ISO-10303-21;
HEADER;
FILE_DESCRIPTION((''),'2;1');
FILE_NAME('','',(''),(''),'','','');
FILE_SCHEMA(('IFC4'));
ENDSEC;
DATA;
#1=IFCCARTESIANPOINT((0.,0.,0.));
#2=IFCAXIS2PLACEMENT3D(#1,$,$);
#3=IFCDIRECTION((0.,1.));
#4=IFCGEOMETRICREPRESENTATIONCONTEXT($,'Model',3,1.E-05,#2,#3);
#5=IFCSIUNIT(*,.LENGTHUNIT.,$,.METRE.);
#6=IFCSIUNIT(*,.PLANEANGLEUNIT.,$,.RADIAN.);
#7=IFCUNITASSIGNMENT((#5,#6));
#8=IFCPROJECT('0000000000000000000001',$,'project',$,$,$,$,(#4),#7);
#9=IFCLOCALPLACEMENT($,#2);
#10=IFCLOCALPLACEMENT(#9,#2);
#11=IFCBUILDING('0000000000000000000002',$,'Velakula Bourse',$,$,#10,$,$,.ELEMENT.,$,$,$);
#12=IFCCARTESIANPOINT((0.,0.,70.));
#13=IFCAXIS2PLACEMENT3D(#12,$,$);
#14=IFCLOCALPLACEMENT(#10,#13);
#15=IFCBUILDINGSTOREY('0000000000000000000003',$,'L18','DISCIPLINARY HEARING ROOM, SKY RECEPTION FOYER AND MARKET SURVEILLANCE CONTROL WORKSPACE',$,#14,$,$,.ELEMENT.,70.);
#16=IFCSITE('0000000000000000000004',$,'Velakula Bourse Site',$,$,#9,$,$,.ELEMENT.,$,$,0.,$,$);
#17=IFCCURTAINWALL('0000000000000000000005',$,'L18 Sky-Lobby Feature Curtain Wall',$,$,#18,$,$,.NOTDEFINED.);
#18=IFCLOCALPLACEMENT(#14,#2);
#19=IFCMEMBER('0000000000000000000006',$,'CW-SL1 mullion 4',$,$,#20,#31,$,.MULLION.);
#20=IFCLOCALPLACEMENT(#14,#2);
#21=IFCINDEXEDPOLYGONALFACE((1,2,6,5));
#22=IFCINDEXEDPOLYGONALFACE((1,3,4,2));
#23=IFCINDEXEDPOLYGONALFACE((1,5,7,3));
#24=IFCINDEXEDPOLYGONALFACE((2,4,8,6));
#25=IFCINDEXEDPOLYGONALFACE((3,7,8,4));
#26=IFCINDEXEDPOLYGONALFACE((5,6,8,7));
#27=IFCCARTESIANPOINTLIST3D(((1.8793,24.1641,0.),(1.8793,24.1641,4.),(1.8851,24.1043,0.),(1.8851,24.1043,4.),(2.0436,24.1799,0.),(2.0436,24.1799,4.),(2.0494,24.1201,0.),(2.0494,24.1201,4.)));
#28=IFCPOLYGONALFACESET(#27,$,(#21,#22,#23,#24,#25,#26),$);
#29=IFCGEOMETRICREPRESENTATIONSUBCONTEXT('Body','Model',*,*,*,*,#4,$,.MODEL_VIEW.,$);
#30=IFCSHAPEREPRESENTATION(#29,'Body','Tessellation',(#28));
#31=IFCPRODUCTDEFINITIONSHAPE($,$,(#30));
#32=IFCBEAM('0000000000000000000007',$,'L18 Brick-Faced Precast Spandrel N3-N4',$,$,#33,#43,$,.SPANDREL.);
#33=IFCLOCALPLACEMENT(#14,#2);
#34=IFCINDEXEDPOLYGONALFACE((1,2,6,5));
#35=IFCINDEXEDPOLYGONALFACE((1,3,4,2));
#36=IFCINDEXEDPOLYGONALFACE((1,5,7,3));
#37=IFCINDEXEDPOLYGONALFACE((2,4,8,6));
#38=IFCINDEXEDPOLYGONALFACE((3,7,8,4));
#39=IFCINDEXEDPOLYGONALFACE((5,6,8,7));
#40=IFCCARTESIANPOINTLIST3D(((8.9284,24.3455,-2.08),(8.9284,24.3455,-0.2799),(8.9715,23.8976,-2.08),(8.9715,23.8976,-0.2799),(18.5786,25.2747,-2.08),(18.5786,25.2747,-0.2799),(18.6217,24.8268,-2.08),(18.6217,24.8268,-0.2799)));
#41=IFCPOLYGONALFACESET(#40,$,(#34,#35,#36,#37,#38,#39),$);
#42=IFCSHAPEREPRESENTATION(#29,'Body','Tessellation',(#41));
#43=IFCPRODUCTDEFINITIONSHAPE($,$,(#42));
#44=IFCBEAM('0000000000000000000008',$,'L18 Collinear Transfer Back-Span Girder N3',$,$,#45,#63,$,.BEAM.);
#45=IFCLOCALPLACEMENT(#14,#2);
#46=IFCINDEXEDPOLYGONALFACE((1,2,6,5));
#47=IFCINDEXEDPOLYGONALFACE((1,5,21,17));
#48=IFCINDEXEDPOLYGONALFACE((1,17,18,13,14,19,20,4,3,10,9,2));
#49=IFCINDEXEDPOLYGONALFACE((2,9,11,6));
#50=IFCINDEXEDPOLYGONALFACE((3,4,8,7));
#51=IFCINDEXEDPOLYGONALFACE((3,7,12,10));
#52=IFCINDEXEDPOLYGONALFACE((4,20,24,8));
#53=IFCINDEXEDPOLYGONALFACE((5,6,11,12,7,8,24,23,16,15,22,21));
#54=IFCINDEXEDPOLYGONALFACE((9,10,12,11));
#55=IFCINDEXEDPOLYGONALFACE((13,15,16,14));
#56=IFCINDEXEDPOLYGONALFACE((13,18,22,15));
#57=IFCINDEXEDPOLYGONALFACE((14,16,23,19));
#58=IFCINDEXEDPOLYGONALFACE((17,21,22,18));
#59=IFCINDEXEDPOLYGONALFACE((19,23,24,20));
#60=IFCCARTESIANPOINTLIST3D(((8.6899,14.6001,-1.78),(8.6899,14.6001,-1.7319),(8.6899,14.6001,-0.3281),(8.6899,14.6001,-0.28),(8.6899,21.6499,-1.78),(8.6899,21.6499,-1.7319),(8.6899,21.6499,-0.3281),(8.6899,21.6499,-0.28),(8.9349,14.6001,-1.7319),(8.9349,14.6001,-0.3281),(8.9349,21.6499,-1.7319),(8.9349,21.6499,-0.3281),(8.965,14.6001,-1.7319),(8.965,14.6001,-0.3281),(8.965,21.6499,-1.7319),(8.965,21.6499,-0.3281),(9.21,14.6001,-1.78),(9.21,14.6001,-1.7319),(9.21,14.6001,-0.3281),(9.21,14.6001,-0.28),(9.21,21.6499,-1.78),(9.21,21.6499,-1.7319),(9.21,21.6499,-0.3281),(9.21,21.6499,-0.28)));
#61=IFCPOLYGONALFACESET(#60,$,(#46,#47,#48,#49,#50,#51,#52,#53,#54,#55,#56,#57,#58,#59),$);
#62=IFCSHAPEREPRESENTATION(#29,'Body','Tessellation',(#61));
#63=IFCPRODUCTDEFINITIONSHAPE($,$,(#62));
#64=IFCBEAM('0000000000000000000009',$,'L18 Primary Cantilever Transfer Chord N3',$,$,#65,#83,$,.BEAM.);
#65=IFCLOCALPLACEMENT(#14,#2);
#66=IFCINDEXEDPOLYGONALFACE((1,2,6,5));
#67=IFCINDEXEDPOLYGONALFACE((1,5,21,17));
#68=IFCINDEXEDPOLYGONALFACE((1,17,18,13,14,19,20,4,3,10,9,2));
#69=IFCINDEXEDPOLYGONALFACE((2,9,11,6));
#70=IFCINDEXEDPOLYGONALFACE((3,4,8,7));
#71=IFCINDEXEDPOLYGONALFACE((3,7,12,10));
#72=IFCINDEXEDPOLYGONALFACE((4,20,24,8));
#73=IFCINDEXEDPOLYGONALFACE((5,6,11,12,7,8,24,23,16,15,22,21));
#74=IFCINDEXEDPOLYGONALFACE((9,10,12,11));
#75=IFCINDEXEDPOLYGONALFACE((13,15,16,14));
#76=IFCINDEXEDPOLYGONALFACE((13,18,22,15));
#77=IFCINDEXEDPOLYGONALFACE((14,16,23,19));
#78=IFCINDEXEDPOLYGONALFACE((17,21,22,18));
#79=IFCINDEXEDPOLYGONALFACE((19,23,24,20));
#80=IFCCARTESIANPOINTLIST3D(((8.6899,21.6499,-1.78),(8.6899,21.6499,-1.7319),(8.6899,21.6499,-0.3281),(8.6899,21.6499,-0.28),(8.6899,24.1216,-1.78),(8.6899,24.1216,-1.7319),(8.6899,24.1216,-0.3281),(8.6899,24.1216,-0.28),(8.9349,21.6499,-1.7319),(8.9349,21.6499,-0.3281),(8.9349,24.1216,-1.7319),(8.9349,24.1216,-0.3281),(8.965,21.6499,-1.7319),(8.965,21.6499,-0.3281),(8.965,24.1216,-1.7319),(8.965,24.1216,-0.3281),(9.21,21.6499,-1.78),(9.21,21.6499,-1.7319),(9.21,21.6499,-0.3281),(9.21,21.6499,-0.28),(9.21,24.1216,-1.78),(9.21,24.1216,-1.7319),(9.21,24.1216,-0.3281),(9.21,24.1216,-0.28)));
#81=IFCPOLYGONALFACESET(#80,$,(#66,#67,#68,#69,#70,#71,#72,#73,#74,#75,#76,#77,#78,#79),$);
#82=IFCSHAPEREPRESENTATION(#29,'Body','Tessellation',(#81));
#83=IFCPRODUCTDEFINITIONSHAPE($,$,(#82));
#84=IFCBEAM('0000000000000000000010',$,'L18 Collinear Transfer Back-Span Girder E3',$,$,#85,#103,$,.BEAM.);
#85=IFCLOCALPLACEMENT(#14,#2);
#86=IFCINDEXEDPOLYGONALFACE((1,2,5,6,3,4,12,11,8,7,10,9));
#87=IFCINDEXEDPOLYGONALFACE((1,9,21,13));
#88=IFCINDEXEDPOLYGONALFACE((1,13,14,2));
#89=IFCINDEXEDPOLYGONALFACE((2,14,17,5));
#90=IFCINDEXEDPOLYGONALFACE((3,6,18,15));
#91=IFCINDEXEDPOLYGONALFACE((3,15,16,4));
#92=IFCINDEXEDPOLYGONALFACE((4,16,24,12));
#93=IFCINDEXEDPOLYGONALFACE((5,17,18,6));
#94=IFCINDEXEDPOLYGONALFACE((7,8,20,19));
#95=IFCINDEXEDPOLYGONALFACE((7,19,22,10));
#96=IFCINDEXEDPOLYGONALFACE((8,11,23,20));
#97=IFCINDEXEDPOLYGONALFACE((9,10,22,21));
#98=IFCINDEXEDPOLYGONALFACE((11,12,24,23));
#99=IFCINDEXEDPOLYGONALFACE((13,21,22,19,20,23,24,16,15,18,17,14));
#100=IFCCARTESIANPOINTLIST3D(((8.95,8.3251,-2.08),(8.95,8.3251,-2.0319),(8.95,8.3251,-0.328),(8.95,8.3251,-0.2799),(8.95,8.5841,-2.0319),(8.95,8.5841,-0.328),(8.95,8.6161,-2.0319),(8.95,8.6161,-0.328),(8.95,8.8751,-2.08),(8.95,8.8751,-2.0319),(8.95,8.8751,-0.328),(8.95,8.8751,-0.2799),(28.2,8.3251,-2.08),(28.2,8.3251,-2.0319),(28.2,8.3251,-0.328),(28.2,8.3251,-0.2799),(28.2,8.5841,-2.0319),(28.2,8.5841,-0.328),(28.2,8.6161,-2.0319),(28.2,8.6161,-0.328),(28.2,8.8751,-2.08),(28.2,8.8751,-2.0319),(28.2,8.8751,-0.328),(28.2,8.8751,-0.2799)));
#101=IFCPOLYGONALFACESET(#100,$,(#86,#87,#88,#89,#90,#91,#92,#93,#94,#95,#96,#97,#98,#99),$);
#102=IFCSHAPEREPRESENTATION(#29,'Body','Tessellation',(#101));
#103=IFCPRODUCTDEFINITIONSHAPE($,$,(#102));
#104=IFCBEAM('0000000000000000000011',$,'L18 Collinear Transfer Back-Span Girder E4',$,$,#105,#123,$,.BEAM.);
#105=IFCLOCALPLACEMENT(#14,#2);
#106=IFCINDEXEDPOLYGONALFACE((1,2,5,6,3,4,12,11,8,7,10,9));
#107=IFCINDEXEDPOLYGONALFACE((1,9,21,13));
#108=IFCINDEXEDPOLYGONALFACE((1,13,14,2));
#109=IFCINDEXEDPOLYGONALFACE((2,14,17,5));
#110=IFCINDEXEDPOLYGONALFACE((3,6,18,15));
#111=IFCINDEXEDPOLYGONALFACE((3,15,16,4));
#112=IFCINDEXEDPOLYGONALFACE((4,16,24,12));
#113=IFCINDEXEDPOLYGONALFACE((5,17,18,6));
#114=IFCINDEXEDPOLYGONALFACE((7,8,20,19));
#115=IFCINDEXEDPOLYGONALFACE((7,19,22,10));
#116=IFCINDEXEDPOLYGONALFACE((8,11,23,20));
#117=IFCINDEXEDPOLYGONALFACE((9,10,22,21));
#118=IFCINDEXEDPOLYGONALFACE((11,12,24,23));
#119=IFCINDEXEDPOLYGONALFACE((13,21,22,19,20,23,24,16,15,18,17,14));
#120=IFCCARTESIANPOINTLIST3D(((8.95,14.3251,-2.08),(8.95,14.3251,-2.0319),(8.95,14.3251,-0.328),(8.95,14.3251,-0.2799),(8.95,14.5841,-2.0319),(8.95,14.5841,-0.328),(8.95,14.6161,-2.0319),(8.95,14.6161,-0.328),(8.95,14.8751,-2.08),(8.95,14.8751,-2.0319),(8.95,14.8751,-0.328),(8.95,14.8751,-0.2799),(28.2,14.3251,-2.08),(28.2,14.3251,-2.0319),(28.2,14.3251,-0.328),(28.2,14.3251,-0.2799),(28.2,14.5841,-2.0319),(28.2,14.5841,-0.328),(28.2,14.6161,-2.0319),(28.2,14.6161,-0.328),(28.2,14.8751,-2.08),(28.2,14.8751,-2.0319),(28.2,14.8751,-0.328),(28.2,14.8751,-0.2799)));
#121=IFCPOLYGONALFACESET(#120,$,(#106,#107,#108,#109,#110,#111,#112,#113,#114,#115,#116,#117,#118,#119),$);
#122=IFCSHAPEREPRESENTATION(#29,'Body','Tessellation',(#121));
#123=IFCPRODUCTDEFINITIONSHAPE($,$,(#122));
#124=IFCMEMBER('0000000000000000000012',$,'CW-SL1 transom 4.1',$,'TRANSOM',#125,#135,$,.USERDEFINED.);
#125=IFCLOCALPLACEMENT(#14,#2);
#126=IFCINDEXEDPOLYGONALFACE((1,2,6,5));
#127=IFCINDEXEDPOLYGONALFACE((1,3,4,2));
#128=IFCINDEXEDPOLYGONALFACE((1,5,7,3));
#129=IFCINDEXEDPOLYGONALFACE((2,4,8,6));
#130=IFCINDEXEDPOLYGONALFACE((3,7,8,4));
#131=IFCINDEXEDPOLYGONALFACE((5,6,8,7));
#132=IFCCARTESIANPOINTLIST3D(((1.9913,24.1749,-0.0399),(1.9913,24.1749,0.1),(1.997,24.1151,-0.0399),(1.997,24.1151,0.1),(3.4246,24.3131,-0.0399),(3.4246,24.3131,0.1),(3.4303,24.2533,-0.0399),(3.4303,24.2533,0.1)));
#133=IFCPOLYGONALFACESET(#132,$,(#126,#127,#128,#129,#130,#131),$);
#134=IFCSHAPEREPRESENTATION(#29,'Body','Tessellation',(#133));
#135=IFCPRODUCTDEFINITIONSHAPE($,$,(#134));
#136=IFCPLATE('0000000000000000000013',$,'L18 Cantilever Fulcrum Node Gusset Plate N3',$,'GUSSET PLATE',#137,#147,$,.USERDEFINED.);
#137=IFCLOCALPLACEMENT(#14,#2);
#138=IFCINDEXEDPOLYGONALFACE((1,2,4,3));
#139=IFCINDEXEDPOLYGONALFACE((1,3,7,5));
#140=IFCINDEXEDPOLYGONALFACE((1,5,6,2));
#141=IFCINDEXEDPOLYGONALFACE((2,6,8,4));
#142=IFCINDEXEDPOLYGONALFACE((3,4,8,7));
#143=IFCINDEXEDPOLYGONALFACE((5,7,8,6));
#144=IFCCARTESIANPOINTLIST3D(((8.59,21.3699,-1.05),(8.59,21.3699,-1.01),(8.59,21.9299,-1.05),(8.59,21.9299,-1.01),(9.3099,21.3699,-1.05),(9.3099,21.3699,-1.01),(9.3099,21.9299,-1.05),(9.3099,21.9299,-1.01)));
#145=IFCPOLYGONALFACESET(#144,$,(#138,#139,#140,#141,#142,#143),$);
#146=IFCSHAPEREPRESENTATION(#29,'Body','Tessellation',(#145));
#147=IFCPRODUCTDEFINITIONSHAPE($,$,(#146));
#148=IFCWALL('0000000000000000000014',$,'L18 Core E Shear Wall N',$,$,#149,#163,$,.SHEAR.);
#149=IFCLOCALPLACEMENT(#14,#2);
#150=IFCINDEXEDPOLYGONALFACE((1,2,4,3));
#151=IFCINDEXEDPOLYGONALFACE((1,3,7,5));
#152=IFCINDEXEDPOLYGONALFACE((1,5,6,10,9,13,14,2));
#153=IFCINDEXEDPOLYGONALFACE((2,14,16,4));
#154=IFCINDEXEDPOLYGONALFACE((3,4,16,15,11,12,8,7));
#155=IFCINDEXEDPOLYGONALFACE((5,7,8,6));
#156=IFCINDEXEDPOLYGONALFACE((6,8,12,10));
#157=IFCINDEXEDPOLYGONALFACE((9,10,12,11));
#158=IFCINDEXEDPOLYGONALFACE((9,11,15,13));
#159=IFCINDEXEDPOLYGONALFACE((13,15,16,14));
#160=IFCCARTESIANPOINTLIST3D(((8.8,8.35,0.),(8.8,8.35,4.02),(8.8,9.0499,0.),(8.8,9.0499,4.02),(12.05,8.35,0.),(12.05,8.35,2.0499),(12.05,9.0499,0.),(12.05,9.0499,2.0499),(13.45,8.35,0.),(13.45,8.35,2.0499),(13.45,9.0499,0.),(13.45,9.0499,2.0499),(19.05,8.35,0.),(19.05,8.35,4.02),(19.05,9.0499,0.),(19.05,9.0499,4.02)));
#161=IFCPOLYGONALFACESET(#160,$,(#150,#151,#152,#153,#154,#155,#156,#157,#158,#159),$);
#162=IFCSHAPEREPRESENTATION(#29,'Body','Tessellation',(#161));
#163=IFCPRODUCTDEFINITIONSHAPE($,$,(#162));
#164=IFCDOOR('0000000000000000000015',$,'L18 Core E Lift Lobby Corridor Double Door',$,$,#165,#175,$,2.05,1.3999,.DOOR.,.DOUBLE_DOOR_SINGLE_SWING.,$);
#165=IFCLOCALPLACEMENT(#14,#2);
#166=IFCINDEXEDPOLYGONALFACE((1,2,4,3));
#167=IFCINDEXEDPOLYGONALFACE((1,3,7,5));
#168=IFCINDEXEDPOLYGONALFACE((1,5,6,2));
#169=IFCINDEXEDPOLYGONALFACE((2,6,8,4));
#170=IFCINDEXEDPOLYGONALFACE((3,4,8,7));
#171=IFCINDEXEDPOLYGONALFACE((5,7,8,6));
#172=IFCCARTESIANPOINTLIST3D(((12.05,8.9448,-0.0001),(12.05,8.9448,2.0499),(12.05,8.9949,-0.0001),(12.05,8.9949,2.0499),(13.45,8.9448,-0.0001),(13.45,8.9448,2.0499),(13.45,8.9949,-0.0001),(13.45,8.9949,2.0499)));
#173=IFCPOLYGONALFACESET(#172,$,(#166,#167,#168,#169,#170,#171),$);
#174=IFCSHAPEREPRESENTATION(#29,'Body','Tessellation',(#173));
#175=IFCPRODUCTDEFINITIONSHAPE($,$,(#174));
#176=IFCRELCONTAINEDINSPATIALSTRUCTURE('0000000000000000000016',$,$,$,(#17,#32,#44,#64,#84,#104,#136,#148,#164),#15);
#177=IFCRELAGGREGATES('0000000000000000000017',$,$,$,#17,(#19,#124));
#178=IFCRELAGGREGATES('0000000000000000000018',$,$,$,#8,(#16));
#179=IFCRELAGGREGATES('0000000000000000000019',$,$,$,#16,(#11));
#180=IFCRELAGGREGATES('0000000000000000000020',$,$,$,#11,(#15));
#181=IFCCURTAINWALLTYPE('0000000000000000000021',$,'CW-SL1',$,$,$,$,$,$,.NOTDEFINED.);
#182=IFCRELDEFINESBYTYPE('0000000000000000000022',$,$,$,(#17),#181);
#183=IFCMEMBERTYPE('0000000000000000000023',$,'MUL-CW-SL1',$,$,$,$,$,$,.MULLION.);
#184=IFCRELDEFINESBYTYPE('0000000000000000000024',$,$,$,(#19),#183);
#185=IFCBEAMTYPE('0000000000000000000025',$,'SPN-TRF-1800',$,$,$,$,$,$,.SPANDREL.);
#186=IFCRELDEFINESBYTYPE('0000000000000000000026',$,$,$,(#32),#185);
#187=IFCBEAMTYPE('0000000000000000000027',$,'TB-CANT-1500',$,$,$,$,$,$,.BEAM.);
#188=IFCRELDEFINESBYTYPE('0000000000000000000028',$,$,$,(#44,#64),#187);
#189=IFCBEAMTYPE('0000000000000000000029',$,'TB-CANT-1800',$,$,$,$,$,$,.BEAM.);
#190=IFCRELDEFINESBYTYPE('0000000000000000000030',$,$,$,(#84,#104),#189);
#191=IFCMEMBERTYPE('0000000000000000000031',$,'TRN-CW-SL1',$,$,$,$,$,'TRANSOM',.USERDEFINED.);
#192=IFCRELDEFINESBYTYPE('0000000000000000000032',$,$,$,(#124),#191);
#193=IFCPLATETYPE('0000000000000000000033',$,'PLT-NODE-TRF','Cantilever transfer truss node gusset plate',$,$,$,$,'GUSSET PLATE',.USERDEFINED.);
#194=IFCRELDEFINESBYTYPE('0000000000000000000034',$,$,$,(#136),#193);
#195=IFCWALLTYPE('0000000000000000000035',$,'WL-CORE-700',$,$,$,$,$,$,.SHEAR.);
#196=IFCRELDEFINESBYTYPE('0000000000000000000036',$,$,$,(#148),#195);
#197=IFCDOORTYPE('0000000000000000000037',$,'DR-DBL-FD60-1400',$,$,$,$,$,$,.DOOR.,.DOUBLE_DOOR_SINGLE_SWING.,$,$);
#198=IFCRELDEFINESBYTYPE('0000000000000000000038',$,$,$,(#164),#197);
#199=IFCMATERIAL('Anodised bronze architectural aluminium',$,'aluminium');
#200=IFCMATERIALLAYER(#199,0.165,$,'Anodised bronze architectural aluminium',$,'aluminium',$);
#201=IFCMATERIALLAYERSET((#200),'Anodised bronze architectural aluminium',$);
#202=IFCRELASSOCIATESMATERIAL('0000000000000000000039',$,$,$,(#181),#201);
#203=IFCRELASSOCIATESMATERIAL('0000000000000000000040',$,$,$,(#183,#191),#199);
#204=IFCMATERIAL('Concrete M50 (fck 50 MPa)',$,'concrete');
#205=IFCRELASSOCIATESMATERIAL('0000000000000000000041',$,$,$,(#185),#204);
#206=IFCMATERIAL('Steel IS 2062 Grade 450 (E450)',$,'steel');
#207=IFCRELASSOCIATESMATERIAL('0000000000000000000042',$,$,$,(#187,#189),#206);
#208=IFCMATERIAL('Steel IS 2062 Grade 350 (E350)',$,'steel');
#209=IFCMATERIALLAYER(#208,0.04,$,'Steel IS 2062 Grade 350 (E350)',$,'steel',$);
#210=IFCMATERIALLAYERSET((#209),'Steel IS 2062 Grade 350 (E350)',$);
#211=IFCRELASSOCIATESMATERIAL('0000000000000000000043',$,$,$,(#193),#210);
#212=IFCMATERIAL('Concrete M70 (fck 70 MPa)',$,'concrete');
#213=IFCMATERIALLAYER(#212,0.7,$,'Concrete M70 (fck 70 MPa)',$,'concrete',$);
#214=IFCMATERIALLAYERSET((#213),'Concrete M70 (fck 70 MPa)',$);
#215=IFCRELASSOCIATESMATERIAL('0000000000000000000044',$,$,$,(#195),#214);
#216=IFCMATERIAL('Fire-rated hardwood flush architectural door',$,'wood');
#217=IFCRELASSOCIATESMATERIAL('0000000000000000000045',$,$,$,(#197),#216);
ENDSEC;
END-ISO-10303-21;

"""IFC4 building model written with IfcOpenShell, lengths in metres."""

from ifc_helpers import new_model, si_unit, direction, frame, frame_2d, origin, origin_2d, place, context, subcontext, project, spatial, rectangle, i_section, extrude, material, layer, layer_set, material_profile, profile_set, type_object, element, fill, aggregate, save


model = new_model("IFC4")

# Units and contexts
model_context = context("Model", 3, precision=1e-05, world=origin(), true_north=direction((0.0, 1.0)))
body_context = subcontext(model_context, "Body", "Model", "MODEL_VIEW")
ifc_project = project(units=[si_unit("LENGTHUNIT", "METRE"), si_unit("PLANEANGLEUNIT", "RADIAN")], contexts=[model_context])

# Site, building, storey
site_placement = place(None, origin())
site = spatial("IfcSite", under=ifc_project, at=site_placement, Name="Velakula Bourse Site", CompositionType="ELEMENT", RefElevation=0.0)
building_placement = place(site_placement, origin())
building = spatial("IfcBuilding", under=site, at=building_placement, Name="Velakula Bourse", CompositionType="ELEMENT")
storey_placement = place(building_placement, frame((0.0, 0.0, 70.0)))
storey = spatial("IfcBuildingStorey", under=building, at=storey_placement, Name="L18", Description="DISCIPLINARY HEARING ROOM, SKY RECEPTION FOYER AND MARKET SURVEILLANCE CONTROL WORKSPACE", CompositionType="ELEMENT", Elevation=70.0)

# Shared definitions
ifc_material_1 = material(Name="Concrete M70 (fck 70 MPa)", Category="concrete")
ifc_material_2 = material(Name="Steel IS 2062 Grade 450 (E450)", Category="steel")

# Shared definitions
ifc_material_3 = material(Name="Steel IS 2062 Grade 350 (E350)", Category="steel")

# Curtain wall, member
ifc_material_4 = material(Name="Anodised bronze architectural aluminium", Category="aluminium")
ifc_layer_1 = layer(ifc_material_4, 0.165, Name="Anodised bronze architectural aluminium", Category="aluminium")
ifc_layer_set_1 = layer_set([ifc_layer_1], Name="Anodised bronze architectural aluminium")
curtain_wall_type = type_object("IfcCurtainWallType", Name="CW-SL1", PredefinedType="NOTDEFINED", material=ifc_layer_set_1)
curtain_wall_placement = place(storey_placement, origin())
curtain_wall = element("IfcCurtainWall", 1, at=curtain_wall_placement, inside=storey, type_object=curtain_wall_type, Name="L18 Sky-Lobby Feature Curtain Wall", PredefinedType="NOTDEFINED")
ifc_material_profile_1 = material_profile(ifc_material_4, rectangle(XDim=0.0601, YDim=0.165, at=origin_2d()), Name="Anodised bronze architectural aluminium")
ifc_profile_set_1 = profile_set([ifc_material_profile_1], Name="Anodised bronze architectural aluminium")
member_type_1 = type_object("IfcMemberType", Name="MUL-CW-SL1", PredefinedType="MULLION", material=ifc_profile_set_1)
member_1_placement = place(storey_placement, frame((1.9644, 24.1421, 0.0), z_axis=(0.0, 0.0, 1.0), x_axis=(-0.095845, 0.995396, 0.0)))
member_1 = element("IfcMember", 2, at=member_1_placement, type_object=member_type_1, Name="CW-SL1 mullion 4", PredefinedType="MULLION", context=body_context, shape_type="SweptSolid", body=[
    extrude(rectangle(XDim=0.0601, YDim=0.165, at=origin_2d()), origin(), (0.0, 0.0, 1.0), 4.0),
])

# Beams
ifc_material_5 = material(Name="Concrete M50 (fck 50 MPa)", Category="concrete")
ifc_material_profile_2 = material_profile(ifc_material_5, rectangle(XDim=0.45, YDim=1.8, at=origin_2d()), Name="Concrete M50 (fck 50 MPa)")
ifc_profile_set_2 = profile_set([ifc_material_profile_2], Name="Concrete M50 (fck 50 MPa)")
beam_type_1 = type_object("IfcBeamType", Name="SPN-TRF-1800", PredefinedType="SPANDREL", material=ifc_profile_set_2)
beam_1_placement = place(storey_placement, frame((8.95, 24.1216, -1.1799), z_axis=(0.995396, 0.095845, 0.0), x_axis=(-0.095845, 0.995396, 0.0)))
element("IfcBeam", 3, at=beam_1_placement, inside=storey, type_object=beam_type_1, Name="L18 Brick-Faced Precast Spandrel N3-N4", PredefinedType="SPANDREL", context=body_context, shape_type="SweptSolid", body=[
    extrude(rectangle(XDim=0.45, YDim=1.8, at=origin_2d()), origin(), (0.0, 0.0, 1.0), 9.6948),
])
ifc_material_profile_3 = material_profile(ifc_material_2, i_section(OverallWidth=0.52, OverallDepth=1.5, WebThickness=0.03, FlangeThickness=0.0481, at=origin_2d()), Name="Steel IS 2062 Grade 450 (E450)")
ifc_profile_set_3 = profile_set([ifc_material_profile_3], Name="Steel IS 2062 Grade 450 (E450)")
beam_type_2 = type_object("IfcBeamType", Name="TB-CANT-1500", PredefinedType="BEAM", material=ifc_profile_set_3)
beam_2_placement = place(storey_placement, frame((8.95, 14.6001, -1.03), z_axis=(0.0, 1.0, 0.0), x_axis=(-1.0, 0.0, 0.0)))
element("IfcBeam", 4, at=beam_2_placement, inside=storey, type_object=beam_type_2, Name="L18 Collinear Transfer Back-Span Girder N3", PredefinedType="BEAM", context=body_context, shape_type="SweptSolid", body=[
    extrude(i_section(OverallWidth=0.52, OverallDepth=1.5, WebThickness=0.03, FlangeThickness=0.0481, at=origin_2d()), origin(), (0.0, 0.0, 1.0), 7.0498),
])
beam_3_placement = place(storey_placement, frame((8.95, 21.6499, -1.03), z_axis=(0.0, 1.0, 0.0), x_axis=(-1.0, 0.0, 0.0)))
element("IfcBeam", 5, at=beam_3_placement, inside=storey, type_object=beam_type_2, Name="L18 Primary Cantilever Transfer Chord N3", PredefinedType="BEAM", context=body_context, shape_type="SweptSolid", body=[
    extrude(i_section(OverallWidth=0.52, OverallDepth=1.5, WebThickness=0.03, FlangeThickness=0.0481, at=origin_2d()), origin(), (0.0, 0.0, 1.0), 2.4717),
])
ifc_material_profile_4 = material_profile(ifc_material_2, i_section(OverallWidth=0.55, OverallDepth=1.8, WebThickness=0.032, FlangeThickness=0.0481, at=origin_2d()), Name="Steel IS 2062 Grade 450 (E450)")
ifc_profile_set_4 = profile_set([ifc_material_profile_4], Name="Steel IS 2062 Grade 450 (E450)")
beam_type_3 = type_object("IfcBeamType", Name="TB-CANT-1800", PredefinedType="BEAM", material=ifc_profile_set_4)
for number, where, z_axis, x_axis, name in (
    (6, (8.95, 8.6001, -1.1799), (1.0, 0.0, 0.0), (0.0, 1.0, 0.0), "L18 Collinear Transfer Back-Span Girder E3"),
    (7, (8.95, 14.6001, -1.1799), (1.0, 0.0, 0.0), (0.0, 1.0, 0.0), "L18 Collinear Transfer Back-Span Girder E4"),
):
    element("IfcBeam", number, at=place(storey_placement, frame(where, z_axis=z_axis, x_axis=x_axis)), inside=storey, type_object=beam_type_3, Name=name, PredefinedType="BEAM", context=body_context, shape_type="SweptSolid", body=[
        extrude(i_section(OverallWidth=0.55, OverallDepth=1.8, WebThickness=0.032, FlangeThickness=0.0481, at=origin_2d()), origin(), (0.0, 0.0, 1.0), 19.25),
    ])

# Member
ifc_material_profile_5 = material_profile(ifc_material_4, rectangle(XDim=0.0601, YDim=0.1399, at=origin_2d()), Name="Anodised bronze architectural aluminium")
ifc_profile_set_5 = profile_set([ifc_material_profile_5], Name="Anodised bronze architectural aluminium")
member_type_2 = type_object("IfcMemberType", Name="TRN-CW-SL1", ElementType="TRANSOM", PredefinedType="USERDEFINED", material=ifc_profile_set_5)
member_2_placement = place(storey_placement, frame((1.9941, 24.145, 0.03), z_axis=(0.995385, 0.095961, 0.0), x_axis=(-0.095961, 0.995385, 0.0)))
member_2 = element("IfcMember", 8, at=member_2_placement, type_object=member_type_2, Name="CW-SL1 transom 4.1", ObjectType="TRANSOM", PredefinedType="USERDEFINED", context=body_context, shape_type="SweptSolid", body=[
    extrude(rectangle(XDim=0.0601, YDim=0.1399, at=origin_2d()), origin(), (0.0, 0.0, 1.0), 1.4399),
])
aggregate(curtain_wall, [member_1, member_2])

# Plate
ifc_layer_2 = layer(ifc_material_3, 0.04, Name="Steel IS 2062 Grade 350 (E350)", Category="steel")
ifc_layer_set_2 = layer_set([ifc_layer_2], Name="Steel IS 2062 Grade 350 (E350)")
plate_type = type_object("IfcPlateType", Name="PLT-NODE-TRF", Description="Cantilever transfer truss node gusset plate", ElementType="GUSSET PLATE", PredefinedType="USERDEFINED", material=ifc_layer_set_2)
plate_placement = place(storey_placement, frame((8.95, 21.6499, -1.05), z_axis=(0.0, 0.0, 1.0), x_axis=(0.0, 1.0, 0.0)))
element("IfcPlate", 9, at=plate_placement, inside=storey, type_object=plate_type, Name="L18 Cantilever Fulcrum Node Gusset Plate N3", ObjectType="GUSSET PLATE", PredefinedType="USERDEFINED", context=body_context, shape_type="SweptSolid", body=[
    extrude(rectangle(XDim=0.5601, YDim=0.72, at=origin_2d()), origin(), (0.0, 0.0, 1.0), 0.04),
])

# Wall, opening, door
ifc_layer_3 = layer(ifc_material_1, 0.7, Name="Concrete M70 (fck 70 MPa)", Category="concrete")
ifc_layer_set_3 = layer_set([ifc_layer_3], Name="Concrete M70 (fck 70 MPa)")
wall_type_1 = type_object("IfcWallType", Name="WL-CORE-700", PredefinedType="SHEAR", material=ifc_layer_set_3)
wall_1_placement = place(storey_placement, frame((8.8, 8.7, 0.0), z_axis=(0.0, 0.0, 1.0), x_axis=(1.0, 0.0, 0.0)))
wall_1 = element("IfcWall", 10, at=wall_1_placement, inside=storey, type_object=wall_type_1, Name="L18 Core E Shear Wall N", PredefinedType="SHEAR", context=body_context, shape_type="SweptSolid", body=[
    extrude(rectangle(XDim=10.25, YDim=0.7, at=frame_2d((5.125, 0.0))), origin(), (0.0, 0.0, 1.0), 4.02),
])
opening_1_placement = place(wall_1_placement, frame((3.25, 0.0, 0.0)))
opening_1 = element("IfcOpeningElement", 11, at=opening_1_placement, cuts=wall_1, PredefinedType="OPENING", context=body_context, shape_type="SweptSolid", body=[
    extrude(rectangle(XDim=1.3999, YDim=2.05, at=frame_2d((0.7, 1.0249))), frame((0.0, 0.3599, 0.0), z_axis=(0.0, -1.0, 0.0), x_axis=(1.0, 0.0, 0.0)), (0.0, 0.0, 1.0), 0.72),
])
ifc_material_6 = material(Name="Fire-rated hardwood flush architectural door", Category="wood")
door_type_1 = type_object("IfcDoorType", Name="DR-DBL-FD60-1400", OperationType="DOUBLE_DOOR_SINGLE_SWING", PredefinedType="DOOR", material=ifc_material_6)
door_1_placement = place(opening_1_placement, origin())
door_1 = element("IfcDoor", 12, at=door_1_placement, inside=storey, type_object=door_type_1, Name="L18 Core E Lift Lobby Corridor Double Door", OperationType="DOUBLE_DOOR_SINGLE_SWING", OverallHeight=2.05, OverallWidth=1.3999, PredefinedType="DOOR", context=body_context, shape_type="SweptSolid", body=[
    extrude(rectangle(XDim=1.3999, YDim=2.05, at=frame_2d((0.7, 1.0249))), frame((0.0, 0.2949, 0.0), z_axis=(0.0, -1.0, 0.0), x_axis=(1.0, 0.0, 0.0)), (0.0, 0.0, 1.0), 0.05),
])
fill(opening_1, door_1)

save(model, "model.ifc")
